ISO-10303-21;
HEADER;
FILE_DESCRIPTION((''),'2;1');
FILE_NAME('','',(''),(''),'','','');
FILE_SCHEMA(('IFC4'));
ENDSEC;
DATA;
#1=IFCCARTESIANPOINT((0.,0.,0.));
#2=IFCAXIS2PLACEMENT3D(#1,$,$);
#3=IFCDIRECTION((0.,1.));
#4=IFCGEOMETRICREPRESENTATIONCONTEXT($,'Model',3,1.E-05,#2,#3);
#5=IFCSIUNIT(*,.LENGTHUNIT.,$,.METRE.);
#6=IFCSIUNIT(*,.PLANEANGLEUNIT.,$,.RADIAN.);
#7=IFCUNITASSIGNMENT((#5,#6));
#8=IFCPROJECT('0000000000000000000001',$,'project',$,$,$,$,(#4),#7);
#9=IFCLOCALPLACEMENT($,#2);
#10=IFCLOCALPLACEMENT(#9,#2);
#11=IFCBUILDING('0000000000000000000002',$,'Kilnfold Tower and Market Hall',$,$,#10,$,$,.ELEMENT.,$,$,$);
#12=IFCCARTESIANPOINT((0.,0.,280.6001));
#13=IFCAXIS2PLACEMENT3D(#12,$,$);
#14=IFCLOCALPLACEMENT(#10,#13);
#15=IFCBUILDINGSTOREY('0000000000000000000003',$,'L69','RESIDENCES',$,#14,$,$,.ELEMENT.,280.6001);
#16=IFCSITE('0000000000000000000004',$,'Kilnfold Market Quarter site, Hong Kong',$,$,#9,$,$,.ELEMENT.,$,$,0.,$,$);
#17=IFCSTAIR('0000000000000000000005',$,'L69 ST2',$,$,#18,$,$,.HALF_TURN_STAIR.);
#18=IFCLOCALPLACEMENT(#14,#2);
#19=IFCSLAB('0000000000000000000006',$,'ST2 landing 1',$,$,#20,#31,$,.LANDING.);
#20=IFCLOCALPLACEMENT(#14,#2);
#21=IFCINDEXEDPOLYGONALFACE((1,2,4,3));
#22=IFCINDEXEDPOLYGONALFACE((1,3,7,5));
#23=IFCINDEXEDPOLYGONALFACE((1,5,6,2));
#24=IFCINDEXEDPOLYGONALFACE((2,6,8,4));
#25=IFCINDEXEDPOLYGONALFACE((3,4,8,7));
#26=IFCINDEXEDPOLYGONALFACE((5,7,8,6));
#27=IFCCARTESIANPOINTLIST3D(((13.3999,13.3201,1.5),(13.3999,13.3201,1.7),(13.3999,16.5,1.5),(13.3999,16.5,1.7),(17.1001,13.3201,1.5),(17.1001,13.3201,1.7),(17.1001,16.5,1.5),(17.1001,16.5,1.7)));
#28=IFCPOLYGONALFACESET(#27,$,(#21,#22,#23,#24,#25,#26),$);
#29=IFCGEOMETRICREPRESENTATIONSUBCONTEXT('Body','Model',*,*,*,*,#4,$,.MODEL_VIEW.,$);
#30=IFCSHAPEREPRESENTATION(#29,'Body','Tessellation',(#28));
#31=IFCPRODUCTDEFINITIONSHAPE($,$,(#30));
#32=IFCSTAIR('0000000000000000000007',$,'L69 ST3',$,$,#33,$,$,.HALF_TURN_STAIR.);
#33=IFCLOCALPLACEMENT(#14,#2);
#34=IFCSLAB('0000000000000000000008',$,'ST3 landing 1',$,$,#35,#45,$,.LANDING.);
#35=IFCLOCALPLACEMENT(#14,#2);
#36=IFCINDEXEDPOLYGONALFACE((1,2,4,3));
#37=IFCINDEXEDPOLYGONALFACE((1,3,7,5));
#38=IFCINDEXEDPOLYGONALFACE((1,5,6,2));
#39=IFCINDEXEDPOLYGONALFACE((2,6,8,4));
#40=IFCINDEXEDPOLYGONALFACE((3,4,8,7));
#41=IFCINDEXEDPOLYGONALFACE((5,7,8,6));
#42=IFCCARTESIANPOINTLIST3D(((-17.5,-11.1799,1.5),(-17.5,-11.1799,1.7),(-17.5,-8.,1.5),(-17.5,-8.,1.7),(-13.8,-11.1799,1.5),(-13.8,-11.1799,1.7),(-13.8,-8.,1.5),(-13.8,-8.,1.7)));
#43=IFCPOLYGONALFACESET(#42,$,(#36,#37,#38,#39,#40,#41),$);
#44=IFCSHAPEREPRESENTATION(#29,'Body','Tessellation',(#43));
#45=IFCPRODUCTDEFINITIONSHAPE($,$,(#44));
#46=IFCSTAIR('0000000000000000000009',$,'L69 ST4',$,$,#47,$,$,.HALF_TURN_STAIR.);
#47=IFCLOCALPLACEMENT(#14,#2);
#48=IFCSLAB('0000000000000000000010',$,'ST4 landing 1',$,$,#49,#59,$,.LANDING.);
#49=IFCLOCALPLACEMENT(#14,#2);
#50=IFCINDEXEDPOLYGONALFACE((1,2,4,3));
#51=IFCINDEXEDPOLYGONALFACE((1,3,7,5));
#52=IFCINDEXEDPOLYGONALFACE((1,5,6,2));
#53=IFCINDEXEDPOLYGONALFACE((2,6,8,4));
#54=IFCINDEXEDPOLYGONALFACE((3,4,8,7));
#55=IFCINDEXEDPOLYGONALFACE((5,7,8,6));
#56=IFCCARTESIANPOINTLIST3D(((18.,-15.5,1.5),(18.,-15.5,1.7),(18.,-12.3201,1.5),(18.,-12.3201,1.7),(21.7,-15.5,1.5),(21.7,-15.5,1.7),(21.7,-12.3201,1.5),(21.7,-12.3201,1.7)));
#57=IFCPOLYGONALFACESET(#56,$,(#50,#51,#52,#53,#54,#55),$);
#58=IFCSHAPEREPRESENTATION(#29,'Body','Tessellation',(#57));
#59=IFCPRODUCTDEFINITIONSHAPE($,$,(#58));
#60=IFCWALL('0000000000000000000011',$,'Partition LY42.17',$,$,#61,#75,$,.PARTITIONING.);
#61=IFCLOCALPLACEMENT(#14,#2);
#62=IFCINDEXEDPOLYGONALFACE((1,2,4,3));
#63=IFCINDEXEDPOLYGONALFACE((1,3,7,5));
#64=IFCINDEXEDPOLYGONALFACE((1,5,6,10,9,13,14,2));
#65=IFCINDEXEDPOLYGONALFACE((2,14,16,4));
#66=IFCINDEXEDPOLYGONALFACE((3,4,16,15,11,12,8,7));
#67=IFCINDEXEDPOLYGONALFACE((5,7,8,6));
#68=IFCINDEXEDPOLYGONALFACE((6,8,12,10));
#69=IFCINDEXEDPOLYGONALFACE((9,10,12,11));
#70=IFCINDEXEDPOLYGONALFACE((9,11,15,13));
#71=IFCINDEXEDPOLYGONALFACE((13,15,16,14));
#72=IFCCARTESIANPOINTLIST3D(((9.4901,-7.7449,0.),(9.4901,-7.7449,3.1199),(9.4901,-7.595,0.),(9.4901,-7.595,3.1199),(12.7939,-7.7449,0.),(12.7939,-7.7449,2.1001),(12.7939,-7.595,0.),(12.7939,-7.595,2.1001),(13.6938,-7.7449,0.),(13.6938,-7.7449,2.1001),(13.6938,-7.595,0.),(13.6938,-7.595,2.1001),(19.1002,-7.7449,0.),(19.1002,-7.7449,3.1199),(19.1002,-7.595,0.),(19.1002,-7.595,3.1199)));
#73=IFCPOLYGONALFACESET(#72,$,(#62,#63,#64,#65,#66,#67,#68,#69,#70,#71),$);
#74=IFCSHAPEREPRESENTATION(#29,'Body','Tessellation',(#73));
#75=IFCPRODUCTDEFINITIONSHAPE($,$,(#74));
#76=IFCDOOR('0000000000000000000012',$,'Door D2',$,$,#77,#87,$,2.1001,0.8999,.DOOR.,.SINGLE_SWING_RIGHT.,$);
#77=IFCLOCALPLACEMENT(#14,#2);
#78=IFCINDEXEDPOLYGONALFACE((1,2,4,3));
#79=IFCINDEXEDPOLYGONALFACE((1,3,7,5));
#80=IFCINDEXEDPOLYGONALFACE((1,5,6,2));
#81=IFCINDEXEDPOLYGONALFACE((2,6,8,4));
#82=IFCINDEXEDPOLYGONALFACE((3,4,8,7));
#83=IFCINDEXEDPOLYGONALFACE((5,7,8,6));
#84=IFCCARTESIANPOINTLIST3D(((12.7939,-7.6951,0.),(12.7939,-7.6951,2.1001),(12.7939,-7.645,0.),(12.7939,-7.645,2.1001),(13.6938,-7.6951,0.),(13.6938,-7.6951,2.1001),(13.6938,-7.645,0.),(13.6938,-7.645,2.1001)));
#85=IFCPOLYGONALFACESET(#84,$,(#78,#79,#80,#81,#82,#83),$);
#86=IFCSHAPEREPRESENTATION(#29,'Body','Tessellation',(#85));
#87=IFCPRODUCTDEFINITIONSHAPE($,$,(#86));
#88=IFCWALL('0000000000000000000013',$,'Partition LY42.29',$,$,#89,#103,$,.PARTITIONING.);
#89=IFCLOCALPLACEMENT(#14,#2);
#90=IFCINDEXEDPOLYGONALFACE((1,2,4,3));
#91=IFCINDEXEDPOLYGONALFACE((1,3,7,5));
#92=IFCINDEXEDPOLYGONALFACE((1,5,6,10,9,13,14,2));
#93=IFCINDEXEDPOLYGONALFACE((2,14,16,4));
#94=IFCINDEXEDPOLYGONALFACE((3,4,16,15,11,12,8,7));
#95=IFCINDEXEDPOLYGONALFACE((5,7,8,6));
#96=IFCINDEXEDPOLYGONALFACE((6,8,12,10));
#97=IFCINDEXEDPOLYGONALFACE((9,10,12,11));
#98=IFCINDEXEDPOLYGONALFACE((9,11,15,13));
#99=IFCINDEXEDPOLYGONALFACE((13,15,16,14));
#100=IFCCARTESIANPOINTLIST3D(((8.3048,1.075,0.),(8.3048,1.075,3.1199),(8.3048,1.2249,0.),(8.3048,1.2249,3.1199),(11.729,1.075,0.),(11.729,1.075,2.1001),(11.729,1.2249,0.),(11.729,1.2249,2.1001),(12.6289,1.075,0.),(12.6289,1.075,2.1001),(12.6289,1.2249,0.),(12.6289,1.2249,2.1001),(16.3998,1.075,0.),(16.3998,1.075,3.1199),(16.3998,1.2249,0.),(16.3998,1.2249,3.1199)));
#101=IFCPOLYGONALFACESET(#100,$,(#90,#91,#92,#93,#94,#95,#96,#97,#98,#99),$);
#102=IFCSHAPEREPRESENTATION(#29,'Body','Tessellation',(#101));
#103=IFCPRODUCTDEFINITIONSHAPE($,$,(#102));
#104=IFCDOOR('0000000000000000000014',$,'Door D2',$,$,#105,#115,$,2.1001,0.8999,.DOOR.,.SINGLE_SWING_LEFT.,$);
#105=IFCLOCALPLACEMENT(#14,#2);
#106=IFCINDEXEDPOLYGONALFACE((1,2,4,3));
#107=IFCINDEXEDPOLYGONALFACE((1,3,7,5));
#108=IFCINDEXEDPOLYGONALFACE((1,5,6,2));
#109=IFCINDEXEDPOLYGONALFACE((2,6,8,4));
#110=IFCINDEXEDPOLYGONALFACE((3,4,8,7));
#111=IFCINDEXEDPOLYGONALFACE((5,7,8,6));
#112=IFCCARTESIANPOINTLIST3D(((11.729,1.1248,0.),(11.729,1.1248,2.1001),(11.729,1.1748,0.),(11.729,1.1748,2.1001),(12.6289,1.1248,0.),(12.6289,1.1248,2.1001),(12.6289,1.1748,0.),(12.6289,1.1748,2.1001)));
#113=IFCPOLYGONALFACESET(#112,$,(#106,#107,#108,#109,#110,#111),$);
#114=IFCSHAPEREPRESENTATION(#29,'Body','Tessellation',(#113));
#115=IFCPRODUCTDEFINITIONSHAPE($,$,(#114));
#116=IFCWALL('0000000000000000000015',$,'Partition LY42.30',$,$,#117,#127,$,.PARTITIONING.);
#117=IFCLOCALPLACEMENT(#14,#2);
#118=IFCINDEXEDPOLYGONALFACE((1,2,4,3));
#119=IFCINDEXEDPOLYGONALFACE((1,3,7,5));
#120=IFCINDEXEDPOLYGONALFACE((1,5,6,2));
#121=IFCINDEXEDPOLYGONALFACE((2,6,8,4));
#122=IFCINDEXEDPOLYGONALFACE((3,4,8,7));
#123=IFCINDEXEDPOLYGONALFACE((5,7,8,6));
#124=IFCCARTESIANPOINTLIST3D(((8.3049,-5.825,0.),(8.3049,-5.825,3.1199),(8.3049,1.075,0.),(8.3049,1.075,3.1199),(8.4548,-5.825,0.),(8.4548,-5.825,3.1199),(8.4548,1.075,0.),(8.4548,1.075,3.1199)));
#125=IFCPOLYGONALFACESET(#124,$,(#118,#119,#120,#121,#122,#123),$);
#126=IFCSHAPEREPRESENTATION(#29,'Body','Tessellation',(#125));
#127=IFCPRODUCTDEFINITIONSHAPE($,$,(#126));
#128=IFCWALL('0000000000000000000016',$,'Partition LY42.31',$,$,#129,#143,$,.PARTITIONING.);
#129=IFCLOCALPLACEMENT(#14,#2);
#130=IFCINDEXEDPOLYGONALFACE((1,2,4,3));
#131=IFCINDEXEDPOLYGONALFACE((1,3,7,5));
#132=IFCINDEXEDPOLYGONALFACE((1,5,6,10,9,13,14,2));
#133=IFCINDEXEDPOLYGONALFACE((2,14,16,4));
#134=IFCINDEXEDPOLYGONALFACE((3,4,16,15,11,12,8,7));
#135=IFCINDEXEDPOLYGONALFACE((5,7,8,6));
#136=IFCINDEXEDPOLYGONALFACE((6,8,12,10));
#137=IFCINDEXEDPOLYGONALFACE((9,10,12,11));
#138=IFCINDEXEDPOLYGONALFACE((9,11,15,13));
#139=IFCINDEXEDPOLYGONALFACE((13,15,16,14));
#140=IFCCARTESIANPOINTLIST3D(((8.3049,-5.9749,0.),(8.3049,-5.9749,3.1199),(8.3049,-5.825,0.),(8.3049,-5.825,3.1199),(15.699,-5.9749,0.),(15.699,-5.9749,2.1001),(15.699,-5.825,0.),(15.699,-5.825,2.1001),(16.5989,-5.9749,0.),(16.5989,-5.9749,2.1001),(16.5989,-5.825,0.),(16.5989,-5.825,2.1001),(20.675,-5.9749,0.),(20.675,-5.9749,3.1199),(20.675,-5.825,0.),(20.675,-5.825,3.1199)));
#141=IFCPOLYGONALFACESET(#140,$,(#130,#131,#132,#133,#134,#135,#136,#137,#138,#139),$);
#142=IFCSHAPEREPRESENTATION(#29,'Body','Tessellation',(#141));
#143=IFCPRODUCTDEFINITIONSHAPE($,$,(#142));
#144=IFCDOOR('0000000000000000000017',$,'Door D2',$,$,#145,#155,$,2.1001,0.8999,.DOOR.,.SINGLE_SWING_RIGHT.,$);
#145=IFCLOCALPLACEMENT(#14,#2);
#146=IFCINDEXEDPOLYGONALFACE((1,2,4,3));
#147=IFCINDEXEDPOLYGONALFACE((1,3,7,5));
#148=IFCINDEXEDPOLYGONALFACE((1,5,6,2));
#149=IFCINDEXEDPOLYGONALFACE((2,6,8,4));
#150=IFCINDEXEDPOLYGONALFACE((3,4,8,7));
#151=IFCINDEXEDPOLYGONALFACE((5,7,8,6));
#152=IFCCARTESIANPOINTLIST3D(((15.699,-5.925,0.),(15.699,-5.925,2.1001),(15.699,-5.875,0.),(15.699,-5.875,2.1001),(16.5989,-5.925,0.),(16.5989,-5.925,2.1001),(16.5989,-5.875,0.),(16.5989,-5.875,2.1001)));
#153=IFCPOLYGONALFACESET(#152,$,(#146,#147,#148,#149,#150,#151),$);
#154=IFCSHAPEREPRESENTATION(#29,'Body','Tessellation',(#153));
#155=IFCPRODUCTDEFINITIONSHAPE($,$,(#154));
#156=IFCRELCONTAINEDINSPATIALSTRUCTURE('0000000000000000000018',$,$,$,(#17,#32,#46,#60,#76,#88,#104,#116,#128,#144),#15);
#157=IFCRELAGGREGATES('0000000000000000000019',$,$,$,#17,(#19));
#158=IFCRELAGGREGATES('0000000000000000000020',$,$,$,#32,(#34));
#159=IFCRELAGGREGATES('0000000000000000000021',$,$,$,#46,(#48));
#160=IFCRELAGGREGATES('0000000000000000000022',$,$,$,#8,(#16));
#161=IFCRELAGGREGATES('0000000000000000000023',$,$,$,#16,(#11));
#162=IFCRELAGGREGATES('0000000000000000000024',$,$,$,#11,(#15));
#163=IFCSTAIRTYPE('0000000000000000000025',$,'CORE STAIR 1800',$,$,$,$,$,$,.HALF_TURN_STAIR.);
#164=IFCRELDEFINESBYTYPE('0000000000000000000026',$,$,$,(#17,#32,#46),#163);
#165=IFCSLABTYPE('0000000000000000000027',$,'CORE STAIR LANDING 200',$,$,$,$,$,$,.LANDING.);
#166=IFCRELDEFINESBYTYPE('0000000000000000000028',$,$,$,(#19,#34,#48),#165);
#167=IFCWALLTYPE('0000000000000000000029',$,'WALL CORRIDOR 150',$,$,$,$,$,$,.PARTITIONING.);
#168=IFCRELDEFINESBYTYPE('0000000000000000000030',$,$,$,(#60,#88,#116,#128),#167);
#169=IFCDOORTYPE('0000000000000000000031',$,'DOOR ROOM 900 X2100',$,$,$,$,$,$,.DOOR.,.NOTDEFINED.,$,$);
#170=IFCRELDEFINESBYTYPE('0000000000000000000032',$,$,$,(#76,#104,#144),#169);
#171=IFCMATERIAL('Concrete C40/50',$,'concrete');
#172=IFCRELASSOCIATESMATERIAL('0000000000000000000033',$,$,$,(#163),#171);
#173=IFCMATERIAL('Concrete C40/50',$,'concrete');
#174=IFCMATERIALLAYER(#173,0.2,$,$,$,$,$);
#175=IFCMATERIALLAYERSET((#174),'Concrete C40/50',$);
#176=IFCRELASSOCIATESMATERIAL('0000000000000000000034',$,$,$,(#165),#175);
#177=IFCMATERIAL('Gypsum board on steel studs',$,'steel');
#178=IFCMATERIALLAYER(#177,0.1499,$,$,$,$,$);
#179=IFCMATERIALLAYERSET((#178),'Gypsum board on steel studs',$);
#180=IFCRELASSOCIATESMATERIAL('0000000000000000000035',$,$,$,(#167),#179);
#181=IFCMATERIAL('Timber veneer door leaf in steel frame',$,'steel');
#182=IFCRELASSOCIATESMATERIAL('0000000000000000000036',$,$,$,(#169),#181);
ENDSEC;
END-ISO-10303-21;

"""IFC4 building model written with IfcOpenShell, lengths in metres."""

from ifc_helpers import new_model, si_unit, direction, frame, frame_2d, origin, place, context, subcontext, project, spatial, polyline, rectangle, outline, extrude, source, transform, mapped, material, layer, layer_set, type_object, element, fill, aggregate, save


model = new_model("IFC4")

# Units and contexts
model_context = context("Model", 3, precision=1e-05, world=origin(), true_north=direction((0.0, 1.0)))
body_context = subcontext(model_context, "Body", "Model", "MODEL_VIEW")
ifc_project = project(units=[si_unit("LENGTHUNIT", "METRE"), si_unit("PLANEANGLEUNIT", "RADIAN")], contexts=[model_context])

# Site, building, storey
site_placement = place(None, origin())
site = spatial("IfcSite", under=ifc_project, at=site_placement, Name="Kilnfold Market Quarter site, Hong Kong", CompositionType="ELEMENT", RefElevation=0.0)
building_placement = place(site_placement, origin())
building = spatial("IfcBuilding", under=site, at=building_placement, Name="Kilnfold Tower and Market Hall", CompositionType="ELEMENT")
storey_placement = place(building_placement, frame((0.0, 0.0, 280.6001)))
storey = spatial("IfcBuildingStorey", under=building, at=storey_placement, Name="L69", Description="RESIDENCES", CompositionType="ELEMENT", Elevation=280.6001)

# Stairs, slabs
ifc_material_1 = material(Name="Concrete C40/50", Category="concrete")
stair_type = type_object("IfcStairType", Name="CORE STAIR 1800", PredefinedType="HALF_TURN_STAIR", material=ifc_material_1)
ifc_material_2 = material(Name="Concrete C40/50", Category="concrete")
ifc_layer_1 = layer(ifc_material_2, 0.2)
ifc_layer_set_1 = layer_set([ifc_layer_1], Name="Concrete C40/50")
slab_type_1 = type_object("IfcSlabType", Name="CORE STAIR LANDING 200", PredefinedType="LANDING", material=ifc_layer_set_1)
stair_1_placement = place(storey_placement, origin())
stair_1 = element("IfcStair", 1, at=stair_1_placement, inside=storey, type_object=stair_type, Name="L69 ST2", PredefinedType="HALF_TURN_STAIR")
shared_shape_1 = source(origin(), body_context, "Body", "SweptSolid", [
    extrude(outline(polyline([(17.1001, 13.3201), (17.1001, 16.5), (13.3999, 16.5), (13.3999, 13.3201), (17.1001, 13.3201)])), origin(), (0.0, 0.0, 1.0), 0.2),
])
slab_1_placement = place(storey_placement, frame((0.0, 0.0, 1.5)))
slab_1 = element("IfcSlab", 2, at=slab_1_placement, type_object=slab_type_1, Name="ST2 landing 1", PredefinedType="LANDING", context=body_context, shape_type="MappedRepresentation", body=[
    mapped(shared_shape_1, transform((0.0, 0.0, 0.0))),
])
aggregate(stair_1, [slab_1])
stair_2_placement = place(storey_placement, origin())
stair_2 = element("IfcStair", 3, at=stair_2_placement, inside=storey, type_object=stair_type, Name="L69 ST3", PredefinedType="HALF_TURN_STAIR")
shared_shape_2 = source(origin(), body_context, "Body", "SweptSolid", [
    extrude(outline(polyline([(-13.8, -11.1799), (-13.8, -8.0), (-17.5, -8.0), (-17.5, -11.1799), (-13.8, -11.1799)])), origin(), (0.0, 0.0, 1.0), 0.2),
])
slab_2_placement = place(storey_placement, frame((0.0, 0.0, 1.5)))
slab_2 = element("IfcSlab", 4, at=slab_2_placement, type_object=slab_type_1, Name="ST3 landing 1", PredefinedType="LANDING", context=body_context, shape_type="MappedRepresentation", body=[
    mapped(shared_shape_2, transform((0.0, 0.0, 0.0))),
])
aggregate(stair_2, [slab_2])
stair_3_placement = place(storey_placement, origin())
stair_3 = element("IfcStair", 5, at=stair_3_placement, inside=storey, type_object=stair_type, Name="L69 ST4", PredefinedType="HALF_TURN_STAIR")
shared_shape_3 = source(origin(), body_context, "Body", "SweptSolid", [
    extrude(outline(polyline([(18.0, -12.3201), (18.0, -15.5), (21.7, -15.5), (21.7, -12.3201), (18.0, -12.3201)])), origin(), (0.0, 0.0, 1.0), 0.2),
])
slab_3_placement = place(storey_placement, frame((0.0, 0.0, 1.5)))
slab_3 = element("IfcSlab", 6, at=slab_3_placement, type_object=slab_type_1, Name="ST4 landing 1", PredefinedType="LANDING", context=body_context, shape_type="MappedRepresentation", body=[
    mapped(shared_shape_3, transform((0.0, 0.0, 0.0))),
])
aggregate(stair_3, [slab_3])

# Walls, openings, doors
ifc_material_3 = material(Name="Gypsum board on steel studs", Category="steel")
ifc_layer_2 = layer(ifc_material_3, 0.1499)
ifc_layer_set_2 = layer_set([ifc_layer_2], Name="Gypsum board on steel studs")
wall_type_1 = type_object("IfcWallType", Name="WALL CORRIDOR 150", PredefinedType="PARTITIONING", material=ifc_layer_set_2)
wall_1_placement = place(storey_placement, frame((9.49, -7.6699, 0.0), z_axis=(0.0, 0.0, 1.0), x_axis=(1.0, 0.0, 0.0)))
wall_1 = element("IfcWall", 7, at=wall_1_placement, inside=storey, type_object=wall_type_1, Name="Partition LY42.17", PredefinedType="PARTITIONING", context=body_context, shape_type="SweptSolid", body=[
    extrude(rectangle(XDim=9.6101, YDim=0.1499, at=frame_2d((4.8052, 0.0))), origin(), (0.0, 0.0, 1.0), 3.1199),
])
opening_1_placement = place(wall_1_placement, frame((3.304, 0.0, 0.0)))
opening_1 = element("IfcOpeningElement", 8, at=opening_1_placement, cuts=wall_1, PredefinedType="OPENING", context=body_context, shape_type="SweptSolid", body=[
    extrude(rectangle(XDim=0.8999, YDim=2.1001, at=frame_2d((0.45, 1.05))), frame((0.0, 0.085, 0.0), z_axis=(0.0, -1.0, 0.0), x_axis=(1.0, 0.0, 0.0)), (0.0, 0.0, 1.0), 0.1699),
])
ifc_material_4 = material(Name="Timber veneer door leaf in steel frame", Category="steel")
door_type_1 = type_object("IfcDoorType", Name="DOOR ROOM 900 X2100", OperationType="NOTDEFINED", PredefinedType="DOOR", material=ifc_material_4)
door_1_placement = place(opening_1_placement, origin())
door_1 = element("IfcDoor", 9, at=door_1_placement, inside=storey, type_object=door_type_1, Name="Door D2", OperationType="SINGLE_SWING_RIGHT", OverallHeight=2.1001, OverallWidth=0.8999, PredefinedType="DOOR", context=body_context, shape_type="SweptSolid", body=[
    extrude(rectangle(XDim=0.8999, YDim=2.1001, at=frame_2d((0.45, 1.05))), frame((0.0, 0.0249, 0.0), z_axis=(0.0, -1.0, 0.0), x_axis=(1.0, 0.0, 0.0)), (0.0, 0.0, 1.0), 0.05),
])
fill(opening_1, door_1)
wall_2_placement = place(storey_placement, frame((8.3049, 1.1499, 0.0), z_axis=(0.0, 0.0, 1.0), x_axis=(1.0, 0.0, 0.0)))
wall_2 = element("IfcWall", 10, at=wall_2_placement, inside=storey, type_object=wall_type_1, Name="Partition LY42.29", PredefinedType="PARTITIONING", context=body_context, shape_type="SweptSolid", body=[
    extrude(rectangle(XDim=8.095, YDim=0.1499, at=frame_2d((4.0474, 0.0))), origin(), (0.0, 0.0, 1.0), 3.1199),
])
opening_2_placement = place(wall_2_placement, frame((3.4241, 0.0, 0.0)))
opening_2 = element("IfcOpeningElement", 11, at=opening_2_placement, cuts=wall_2, PredefinedType="OPENING", context=body_context, shape_type="SweptSolid", body=[
    extrude(rectangle(XDim=0.8999, YDim=2.1001, at=frame_2d((0.45, 1.05))), frame((0.0, 0.085, 0.0), z_axis=(0.0, -1.0, 0.0), x_axis=(1.0, 0.0, 0.0)), (0.0, 0.0, 1.0), 0.1699),
])
door_2_placement = place(opening_2_placement, origin())
door_2 = element("IfcDoor", 12, at=door_2_placement, inside=storey, type_object=door_type_1, Name="Door D2", OperationType="SINGLE_SWING_LEFT", OverallHeight=2.1001, OverallWidth=0.8999, PredefinedType="DOOR", context=body_context, shape_type="SweptSolid", body=[
    extrude(rectangle(XDim=0.8999, YDim=2.1001, at=frame_2d((0.45, 1.05))), frame((0.0, 0.0249, 0.0), z_axis=(0.0, -1.0, 0.0), x_axis=(1.0, 0.0, 0.0)), (0.0, 0.0, 1.0), 0.05),
])
fill(opening_2, door_2)

# Wall
wall_3_placement = place(storey_placement, frame((8.3799, -5.825, 0.0), z_axis=(0.0, 0.0, 1.0), x_axis=(0.0, 1.0, 0.0)))
element("IfcWall", 13, at=wall_3_placement, inside=storey, type_object=wall_type_1, Name="Partition LY42.30", PredefinedType="PARTITIONING", context=body_context, shape_type="SweptSolid", body=[
    extrude(rectangle(XDim=6.8999, YDim=0.1499, at=frame_2d((3.45, 0.0))), origin(), (0.0, 0.0, 1.0), 3.1199),
])

# Wall, opening, door
wall_4_placement = place(storey_placement, frame((8.3049, -5.8999, 0.0), z_axis=(0.0, 0.0, 1.0), x_axis=(1.0, 0.0, 0.0)))
wall_4 = element("IfcWall", 14, at=wall_4_placement, inside=storey, type_object=wall_type_1, Name="Partition LY42.31", PredefinedType="PARTITIONING", context=body_context, shape_type="SweptSolid", body=[
    extrude(rectangle(XDim=12.3701, YDim=0.1499, at=frame_2d((6.1851, 0.0))), origin(), (0.0, 0.0, 1.0), 3.1199),
])
opening_3_placement = place(wall_4_placement, frame((7.394, 0.0, 0.0)))
opening_3 = element("IfcOpeningElement", 15, at=opening_3_placement, cuts=wall_4, PredefinedType="OPENING", context=body_context, shape_type="SweptSolid", body=[
    extrude(rectangle(XDim=0.8999, YDim=2.1001, at=frame_2d((0.45, 1.05))), frame((0.0, 0.085, 0.0), z_axis=(0.0, -1.0, 0.0), x_axis=(1.0, 0.0, 0.0)), (0.0, 0.0, 1.0), 0.1699),
])
door_3_placement = place(opening_3_placement, origin())
door_3 = element("IfcDoor", 16, at=door_3_placement, inside=storey, type_object=door_type_1, Name="Door D2", OperationType="SINGLE_SWING_RIGHT", OverallHeight=2.1001, OverallWidth=0.8999, PredefinedType="DOOR", context=body_context, shape_type="SweptSolid", body=[
    extrude(rectangle(XDim=0.8999, YDim=2.1001, at=frame_2d((0.45, 1.05))), frame((0.0, 0.0249, 0.0), z_axis=(0.0, -1.0, 0.0), x_axis=(1.0, 0.0, 0.0)), (0.0, 0.0, 1.0), 0.05),
])
fill(opening_3, door_3)

save(model, "model.ifc")
